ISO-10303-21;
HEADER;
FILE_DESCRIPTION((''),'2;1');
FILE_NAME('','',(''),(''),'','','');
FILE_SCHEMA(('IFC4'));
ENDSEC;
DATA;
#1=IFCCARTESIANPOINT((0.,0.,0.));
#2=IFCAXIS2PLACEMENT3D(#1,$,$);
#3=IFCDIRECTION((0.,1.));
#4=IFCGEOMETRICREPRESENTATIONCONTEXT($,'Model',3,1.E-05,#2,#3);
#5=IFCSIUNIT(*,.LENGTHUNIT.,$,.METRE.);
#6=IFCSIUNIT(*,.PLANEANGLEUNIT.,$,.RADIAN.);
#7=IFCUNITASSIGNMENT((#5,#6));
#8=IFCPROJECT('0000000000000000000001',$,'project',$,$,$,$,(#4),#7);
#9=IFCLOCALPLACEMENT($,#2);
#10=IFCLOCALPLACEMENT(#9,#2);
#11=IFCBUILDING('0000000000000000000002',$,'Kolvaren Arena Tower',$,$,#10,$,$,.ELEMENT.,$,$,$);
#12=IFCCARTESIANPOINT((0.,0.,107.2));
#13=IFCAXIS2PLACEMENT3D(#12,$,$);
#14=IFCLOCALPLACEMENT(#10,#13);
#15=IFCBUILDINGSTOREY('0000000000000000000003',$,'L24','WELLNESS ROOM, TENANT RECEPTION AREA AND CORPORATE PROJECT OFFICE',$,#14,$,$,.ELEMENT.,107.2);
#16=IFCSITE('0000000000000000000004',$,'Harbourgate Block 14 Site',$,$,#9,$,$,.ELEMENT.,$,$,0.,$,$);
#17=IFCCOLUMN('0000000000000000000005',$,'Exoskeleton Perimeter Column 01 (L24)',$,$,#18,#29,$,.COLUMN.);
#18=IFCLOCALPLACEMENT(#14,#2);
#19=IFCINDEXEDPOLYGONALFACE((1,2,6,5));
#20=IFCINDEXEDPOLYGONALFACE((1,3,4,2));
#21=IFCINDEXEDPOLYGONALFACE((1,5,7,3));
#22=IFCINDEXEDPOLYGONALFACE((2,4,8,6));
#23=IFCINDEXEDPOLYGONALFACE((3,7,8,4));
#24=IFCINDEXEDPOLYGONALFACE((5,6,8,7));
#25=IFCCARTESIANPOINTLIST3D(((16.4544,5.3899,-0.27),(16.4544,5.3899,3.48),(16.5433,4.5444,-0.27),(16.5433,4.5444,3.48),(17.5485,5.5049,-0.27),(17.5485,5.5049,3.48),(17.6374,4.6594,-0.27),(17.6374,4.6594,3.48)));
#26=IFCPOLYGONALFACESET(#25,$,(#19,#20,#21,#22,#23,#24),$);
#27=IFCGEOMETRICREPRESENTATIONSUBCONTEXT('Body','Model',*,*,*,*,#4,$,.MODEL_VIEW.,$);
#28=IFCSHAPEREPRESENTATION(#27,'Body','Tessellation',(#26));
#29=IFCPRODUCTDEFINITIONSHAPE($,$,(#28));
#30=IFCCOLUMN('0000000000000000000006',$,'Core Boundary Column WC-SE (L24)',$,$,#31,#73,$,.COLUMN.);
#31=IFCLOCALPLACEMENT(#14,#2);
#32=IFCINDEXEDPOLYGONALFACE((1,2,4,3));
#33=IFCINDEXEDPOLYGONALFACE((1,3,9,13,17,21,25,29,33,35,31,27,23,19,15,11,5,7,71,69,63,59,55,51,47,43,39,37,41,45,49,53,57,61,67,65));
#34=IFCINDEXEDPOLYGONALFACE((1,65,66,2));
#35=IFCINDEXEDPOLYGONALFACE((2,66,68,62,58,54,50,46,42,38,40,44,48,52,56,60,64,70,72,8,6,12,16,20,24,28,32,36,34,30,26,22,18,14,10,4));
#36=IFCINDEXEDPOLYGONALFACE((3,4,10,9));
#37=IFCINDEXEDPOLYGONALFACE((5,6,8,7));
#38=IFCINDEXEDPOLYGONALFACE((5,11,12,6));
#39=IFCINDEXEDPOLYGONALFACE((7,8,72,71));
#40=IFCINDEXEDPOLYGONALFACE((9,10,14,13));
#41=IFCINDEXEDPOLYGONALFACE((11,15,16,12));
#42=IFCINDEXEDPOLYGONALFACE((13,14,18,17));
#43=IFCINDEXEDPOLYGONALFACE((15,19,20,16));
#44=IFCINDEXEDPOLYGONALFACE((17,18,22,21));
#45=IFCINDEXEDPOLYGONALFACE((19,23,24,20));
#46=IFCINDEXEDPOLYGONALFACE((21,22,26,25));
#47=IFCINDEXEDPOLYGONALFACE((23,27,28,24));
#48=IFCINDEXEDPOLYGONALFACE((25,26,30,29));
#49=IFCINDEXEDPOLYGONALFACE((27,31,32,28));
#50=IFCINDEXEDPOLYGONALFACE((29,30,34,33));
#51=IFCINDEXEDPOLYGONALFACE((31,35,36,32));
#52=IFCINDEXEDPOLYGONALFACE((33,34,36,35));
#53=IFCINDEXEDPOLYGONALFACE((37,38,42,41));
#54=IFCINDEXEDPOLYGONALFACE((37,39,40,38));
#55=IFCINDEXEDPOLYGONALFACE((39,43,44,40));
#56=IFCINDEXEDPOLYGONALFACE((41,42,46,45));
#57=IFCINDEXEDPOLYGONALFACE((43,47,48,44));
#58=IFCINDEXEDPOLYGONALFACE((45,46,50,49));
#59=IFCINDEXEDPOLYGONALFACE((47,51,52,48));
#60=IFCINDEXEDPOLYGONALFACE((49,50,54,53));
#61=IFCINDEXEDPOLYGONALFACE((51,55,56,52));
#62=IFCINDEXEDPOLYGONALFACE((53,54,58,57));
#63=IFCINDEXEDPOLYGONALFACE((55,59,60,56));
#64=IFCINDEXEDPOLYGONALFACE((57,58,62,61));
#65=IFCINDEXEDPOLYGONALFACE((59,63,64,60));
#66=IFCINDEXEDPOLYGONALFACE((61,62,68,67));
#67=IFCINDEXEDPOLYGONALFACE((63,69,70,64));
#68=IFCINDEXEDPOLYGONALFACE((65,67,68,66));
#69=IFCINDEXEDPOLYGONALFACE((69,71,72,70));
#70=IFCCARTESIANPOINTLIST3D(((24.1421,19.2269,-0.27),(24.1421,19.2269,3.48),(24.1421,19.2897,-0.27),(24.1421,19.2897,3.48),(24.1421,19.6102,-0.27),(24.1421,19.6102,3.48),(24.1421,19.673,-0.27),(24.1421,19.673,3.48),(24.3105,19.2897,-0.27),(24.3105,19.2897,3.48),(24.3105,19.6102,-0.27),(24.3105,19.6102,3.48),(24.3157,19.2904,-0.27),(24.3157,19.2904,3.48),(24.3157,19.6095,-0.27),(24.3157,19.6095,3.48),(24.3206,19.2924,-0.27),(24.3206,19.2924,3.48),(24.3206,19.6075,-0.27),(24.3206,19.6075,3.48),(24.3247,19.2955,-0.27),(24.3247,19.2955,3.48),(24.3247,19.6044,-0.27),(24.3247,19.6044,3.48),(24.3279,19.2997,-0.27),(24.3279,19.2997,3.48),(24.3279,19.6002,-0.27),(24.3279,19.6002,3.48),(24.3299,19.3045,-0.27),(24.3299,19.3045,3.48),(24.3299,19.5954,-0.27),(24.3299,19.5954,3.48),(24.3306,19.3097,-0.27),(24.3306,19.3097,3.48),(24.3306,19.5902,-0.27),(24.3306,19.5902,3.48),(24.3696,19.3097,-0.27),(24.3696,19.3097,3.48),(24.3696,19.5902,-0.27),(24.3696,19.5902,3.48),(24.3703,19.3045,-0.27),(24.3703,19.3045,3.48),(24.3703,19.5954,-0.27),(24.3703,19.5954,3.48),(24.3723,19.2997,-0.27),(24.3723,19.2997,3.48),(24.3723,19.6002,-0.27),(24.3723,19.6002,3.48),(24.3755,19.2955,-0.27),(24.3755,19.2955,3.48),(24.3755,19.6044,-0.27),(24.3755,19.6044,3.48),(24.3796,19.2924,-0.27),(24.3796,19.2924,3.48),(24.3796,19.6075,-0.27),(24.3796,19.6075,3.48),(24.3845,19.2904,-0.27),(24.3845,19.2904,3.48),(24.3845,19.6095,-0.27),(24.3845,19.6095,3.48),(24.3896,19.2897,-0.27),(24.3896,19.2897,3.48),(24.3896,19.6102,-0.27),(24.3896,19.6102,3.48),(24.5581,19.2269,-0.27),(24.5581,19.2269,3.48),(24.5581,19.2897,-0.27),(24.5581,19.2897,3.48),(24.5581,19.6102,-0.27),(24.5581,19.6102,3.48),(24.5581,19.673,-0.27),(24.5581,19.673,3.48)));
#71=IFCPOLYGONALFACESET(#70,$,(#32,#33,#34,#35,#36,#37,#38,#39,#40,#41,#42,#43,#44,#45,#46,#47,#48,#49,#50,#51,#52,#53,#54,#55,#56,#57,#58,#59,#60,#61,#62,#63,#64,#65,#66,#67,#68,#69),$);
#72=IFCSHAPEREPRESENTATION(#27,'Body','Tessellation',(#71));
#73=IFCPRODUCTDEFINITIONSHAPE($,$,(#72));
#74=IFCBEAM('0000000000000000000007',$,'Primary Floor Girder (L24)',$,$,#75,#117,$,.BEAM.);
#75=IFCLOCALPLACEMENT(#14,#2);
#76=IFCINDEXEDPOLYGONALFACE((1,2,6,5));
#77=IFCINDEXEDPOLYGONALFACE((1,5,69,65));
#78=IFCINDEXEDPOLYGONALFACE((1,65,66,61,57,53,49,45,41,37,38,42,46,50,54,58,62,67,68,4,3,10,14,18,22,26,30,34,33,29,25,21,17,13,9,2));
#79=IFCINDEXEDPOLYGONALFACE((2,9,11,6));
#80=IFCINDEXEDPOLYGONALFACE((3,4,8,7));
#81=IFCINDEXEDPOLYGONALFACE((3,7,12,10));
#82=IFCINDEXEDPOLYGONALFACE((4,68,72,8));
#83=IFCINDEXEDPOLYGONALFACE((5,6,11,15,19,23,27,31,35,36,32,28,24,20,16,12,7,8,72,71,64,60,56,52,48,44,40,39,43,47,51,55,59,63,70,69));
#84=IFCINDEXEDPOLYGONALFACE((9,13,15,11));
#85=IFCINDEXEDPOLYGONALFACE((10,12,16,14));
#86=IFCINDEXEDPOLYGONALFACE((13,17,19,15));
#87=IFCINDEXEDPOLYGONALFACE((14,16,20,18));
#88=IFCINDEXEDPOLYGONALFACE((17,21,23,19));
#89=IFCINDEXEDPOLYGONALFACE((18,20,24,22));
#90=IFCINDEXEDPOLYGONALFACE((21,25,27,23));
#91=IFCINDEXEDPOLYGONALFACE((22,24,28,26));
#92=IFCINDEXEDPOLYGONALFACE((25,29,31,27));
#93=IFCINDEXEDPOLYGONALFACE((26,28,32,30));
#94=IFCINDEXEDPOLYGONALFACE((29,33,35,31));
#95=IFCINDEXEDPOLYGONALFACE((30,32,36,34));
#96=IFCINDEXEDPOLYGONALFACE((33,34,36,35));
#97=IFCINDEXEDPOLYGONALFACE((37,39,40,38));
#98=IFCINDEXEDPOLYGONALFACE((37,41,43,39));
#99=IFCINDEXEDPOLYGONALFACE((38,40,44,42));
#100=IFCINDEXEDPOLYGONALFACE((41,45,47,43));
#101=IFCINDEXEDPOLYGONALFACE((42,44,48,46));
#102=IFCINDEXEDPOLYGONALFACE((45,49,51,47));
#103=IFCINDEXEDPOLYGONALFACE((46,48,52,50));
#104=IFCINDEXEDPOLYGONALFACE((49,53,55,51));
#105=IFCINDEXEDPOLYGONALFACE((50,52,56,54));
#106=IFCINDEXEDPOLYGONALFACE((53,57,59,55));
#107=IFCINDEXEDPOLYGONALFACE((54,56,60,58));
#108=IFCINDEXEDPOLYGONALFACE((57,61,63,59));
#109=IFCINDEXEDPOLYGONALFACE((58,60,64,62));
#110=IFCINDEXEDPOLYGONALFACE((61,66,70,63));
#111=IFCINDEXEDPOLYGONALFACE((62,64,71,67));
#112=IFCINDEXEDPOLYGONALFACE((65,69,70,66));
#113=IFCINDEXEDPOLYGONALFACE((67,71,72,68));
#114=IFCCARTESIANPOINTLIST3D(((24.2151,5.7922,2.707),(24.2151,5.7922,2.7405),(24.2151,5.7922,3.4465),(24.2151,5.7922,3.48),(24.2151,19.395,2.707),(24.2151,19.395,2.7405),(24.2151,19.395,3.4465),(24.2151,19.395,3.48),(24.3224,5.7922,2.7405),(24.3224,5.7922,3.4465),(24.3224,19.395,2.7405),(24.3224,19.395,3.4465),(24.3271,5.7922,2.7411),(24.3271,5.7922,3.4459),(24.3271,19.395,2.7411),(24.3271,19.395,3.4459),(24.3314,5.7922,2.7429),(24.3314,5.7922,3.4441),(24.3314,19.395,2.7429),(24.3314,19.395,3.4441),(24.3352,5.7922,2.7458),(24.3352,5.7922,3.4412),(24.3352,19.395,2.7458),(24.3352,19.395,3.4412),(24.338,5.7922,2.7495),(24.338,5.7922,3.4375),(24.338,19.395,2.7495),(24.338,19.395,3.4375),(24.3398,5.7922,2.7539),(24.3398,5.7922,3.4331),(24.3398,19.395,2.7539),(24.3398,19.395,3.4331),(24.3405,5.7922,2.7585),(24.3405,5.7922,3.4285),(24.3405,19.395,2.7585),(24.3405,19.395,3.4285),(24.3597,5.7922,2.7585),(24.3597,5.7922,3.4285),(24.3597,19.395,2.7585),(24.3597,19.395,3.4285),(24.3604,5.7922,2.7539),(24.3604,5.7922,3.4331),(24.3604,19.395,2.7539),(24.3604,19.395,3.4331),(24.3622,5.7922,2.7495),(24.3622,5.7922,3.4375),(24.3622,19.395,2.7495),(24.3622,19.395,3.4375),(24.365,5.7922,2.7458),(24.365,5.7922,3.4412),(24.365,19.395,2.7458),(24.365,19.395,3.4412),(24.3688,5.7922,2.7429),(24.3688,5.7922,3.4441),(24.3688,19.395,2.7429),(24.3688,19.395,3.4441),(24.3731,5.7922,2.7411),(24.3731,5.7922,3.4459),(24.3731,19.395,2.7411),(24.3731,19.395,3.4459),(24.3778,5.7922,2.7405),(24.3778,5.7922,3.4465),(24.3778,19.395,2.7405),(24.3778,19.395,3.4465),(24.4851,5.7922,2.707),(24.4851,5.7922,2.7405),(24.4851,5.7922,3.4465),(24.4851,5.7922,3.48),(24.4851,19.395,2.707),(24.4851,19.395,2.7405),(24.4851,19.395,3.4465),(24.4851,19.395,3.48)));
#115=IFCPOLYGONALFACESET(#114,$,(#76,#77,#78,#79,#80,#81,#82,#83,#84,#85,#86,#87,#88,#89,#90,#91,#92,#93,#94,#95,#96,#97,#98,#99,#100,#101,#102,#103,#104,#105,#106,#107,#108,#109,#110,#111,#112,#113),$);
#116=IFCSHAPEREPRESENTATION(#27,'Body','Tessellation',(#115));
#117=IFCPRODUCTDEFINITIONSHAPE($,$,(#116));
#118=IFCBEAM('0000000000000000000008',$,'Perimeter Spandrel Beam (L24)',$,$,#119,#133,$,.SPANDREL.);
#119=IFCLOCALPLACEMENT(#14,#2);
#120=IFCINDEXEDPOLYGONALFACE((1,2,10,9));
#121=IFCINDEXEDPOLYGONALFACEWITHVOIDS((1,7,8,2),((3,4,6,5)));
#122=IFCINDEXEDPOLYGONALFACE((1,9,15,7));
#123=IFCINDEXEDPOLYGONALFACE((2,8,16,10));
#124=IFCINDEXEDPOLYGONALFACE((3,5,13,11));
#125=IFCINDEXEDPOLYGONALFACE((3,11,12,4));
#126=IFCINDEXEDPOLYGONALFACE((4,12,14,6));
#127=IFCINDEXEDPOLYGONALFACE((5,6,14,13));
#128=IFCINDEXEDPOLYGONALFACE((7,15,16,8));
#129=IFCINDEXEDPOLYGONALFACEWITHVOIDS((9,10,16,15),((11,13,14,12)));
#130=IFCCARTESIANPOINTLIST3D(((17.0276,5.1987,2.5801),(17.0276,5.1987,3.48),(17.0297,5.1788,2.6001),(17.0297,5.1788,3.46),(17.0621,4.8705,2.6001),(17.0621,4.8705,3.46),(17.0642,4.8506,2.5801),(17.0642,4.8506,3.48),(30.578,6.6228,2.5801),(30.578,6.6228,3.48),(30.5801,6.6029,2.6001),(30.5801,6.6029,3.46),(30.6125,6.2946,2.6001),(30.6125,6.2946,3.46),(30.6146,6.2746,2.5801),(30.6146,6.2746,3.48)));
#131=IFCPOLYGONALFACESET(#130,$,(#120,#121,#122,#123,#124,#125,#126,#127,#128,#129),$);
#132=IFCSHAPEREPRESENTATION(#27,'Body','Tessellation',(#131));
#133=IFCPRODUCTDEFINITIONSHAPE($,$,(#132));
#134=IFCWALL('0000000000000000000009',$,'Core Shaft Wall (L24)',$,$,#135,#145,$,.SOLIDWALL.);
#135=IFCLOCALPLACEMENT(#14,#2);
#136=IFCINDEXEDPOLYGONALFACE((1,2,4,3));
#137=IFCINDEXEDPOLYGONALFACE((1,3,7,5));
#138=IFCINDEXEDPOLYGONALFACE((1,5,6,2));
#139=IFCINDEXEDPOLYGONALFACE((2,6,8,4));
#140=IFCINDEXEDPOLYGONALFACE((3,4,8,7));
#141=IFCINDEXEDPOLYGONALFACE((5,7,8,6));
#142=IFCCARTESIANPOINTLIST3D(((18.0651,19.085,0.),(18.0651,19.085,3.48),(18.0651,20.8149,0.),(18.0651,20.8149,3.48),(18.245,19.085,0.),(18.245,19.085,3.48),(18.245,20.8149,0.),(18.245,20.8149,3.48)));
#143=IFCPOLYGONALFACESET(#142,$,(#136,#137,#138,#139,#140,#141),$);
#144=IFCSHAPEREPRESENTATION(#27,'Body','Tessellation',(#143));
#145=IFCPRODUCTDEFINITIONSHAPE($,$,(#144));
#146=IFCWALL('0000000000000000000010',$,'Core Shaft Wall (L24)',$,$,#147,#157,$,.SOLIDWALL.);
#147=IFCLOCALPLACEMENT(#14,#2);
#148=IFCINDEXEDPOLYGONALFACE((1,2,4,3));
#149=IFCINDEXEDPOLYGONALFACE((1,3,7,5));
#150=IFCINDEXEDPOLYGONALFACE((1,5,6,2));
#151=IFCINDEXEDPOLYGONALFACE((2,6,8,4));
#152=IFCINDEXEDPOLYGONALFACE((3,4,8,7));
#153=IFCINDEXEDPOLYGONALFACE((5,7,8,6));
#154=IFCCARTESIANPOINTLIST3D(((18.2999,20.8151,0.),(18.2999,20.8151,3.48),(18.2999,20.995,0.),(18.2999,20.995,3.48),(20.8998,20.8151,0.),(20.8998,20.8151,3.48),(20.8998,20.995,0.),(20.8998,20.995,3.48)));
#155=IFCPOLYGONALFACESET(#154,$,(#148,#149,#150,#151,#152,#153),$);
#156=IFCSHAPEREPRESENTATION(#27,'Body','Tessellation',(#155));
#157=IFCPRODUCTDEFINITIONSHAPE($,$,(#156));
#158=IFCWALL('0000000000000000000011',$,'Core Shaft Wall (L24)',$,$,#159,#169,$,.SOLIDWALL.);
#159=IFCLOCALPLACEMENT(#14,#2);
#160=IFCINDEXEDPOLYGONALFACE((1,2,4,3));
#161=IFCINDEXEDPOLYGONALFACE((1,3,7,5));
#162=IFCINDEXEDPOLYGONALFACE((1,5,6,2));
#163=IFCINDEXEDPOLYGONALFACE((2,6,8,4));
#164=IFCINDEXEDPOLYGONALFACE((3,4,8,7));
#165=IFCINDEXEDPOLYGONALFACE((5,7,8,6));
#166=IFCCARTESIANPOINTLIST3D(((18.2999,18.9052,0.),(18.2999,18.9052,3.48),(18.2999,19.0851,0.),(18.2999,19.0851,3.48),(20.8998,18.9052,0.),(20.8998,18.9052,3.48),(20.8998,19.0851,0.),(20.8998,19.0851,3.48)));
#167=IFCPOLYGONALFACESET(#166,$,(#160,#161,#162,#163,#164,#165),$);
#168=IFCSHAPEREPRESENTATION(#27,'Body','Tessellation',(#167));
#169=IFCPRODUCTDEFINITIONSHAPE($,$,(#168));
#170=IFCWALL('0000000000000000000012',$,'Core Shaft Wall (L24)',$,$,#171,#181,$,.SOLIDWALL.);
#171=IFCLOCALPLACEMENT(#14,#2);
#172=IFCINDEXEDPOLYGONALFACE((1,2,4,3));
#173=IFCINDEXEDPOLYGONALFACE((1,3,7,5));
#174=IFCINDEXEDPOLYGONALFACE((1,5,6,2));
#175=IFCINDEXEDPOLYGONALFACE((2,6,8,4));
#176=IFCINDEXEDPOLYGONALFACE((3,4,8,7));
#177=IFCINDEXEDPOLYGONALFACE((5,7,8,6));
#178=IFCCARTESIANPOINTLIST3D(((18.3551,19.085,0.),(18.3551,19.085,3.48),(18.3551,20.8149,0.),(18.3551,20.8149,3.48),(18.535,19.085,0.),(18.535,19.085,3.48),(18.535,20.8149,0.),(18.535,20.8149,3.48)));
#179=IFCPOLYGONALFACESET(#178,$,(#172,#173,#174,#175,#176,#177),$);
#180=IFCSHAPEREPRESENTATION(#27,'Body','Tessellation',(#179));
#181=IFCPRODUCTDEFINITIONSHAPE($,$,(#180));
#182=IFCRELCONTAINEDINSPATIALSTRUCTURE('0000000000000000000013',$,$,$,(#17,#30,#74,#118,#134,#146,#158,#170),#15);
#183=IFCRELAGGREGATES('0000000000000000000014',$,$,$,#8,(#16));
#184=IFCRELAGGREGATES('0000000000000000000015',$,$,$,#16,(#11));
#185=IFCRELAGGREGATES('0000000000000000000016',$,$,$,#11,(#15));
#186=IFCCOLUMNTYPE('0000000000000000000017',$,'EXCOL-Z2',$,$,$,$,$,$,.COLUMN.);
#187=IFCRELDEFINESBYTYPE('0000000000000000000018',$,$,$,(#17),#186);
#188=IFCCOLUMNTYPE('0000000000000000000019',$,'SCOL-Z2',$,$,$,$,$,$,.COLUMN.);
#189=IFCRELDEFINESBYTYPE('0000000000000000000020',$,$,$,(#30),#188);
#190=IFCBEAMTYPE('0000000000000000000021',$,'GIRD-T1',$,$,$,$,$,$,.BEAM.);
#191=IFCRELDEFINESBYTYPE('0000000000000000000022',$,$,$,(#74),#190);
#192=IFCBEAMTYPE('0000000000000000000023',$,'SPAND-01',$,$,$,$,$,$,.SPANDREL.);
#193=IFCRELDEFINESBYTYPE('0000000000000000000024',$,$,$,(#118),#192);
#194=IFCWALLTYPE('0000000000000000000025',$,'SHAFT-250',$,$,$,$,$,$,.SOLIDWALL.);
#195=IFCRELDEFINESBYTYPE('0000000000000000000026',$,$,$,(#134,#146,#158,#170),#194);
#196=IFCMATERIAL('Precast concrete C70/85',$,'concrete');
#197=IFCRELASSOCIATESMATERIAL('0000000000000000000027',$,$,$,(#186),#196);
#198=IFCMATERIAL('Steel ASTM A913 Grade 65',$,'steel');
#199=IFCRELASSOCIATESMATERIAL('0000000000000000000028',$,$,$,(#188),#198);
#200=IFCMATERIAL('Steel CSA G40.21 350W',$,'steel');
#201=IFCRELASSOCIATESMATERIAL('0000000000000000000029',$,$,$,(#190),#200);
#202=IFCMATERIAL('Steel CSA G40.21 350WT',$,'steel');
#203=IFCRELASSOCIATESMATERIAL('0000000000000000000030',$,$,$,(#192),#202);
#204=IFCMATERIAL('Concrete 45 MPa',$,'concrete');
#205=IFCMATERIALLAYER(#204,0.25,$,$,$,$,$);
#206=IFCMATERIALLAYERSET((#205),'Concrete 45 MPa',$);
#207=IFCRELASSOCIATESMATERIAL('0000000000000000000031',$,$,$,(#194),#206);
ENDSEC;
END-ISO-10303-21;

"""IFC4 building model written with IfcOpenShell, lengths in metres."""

from ifc_helpers import new_model, si_unit, direction, frame, frame_2d, origin, origin_2d, place, context, subcontext, project, spatial, rectangle, hollow_rectangle, i_section, extrude, material, layer, layer_set, material_profile, profile_set, type_object, element, save


model = new_model("IFC4")

# Units and contexts
model_context = context("Model", 3, precision=1e-05, world=origin(), true_north=direction((0.0, 1.0)))
body_context = subcontext(model_context, "Body", "Model", "MODEL_VIEW")
ifc_project = project(units=[si_unit("LENGTHUNIT", "METRE"), si_unit("PLANEANGLEUNIT", "RADIAN")], contexts=[model_context])

# Site, building, storey
site_placement = place(None, origin())
site = spatial("IfcSite", under=ifc_project, at=site_placement, Name="Harbourgate Block 14 Site", CompositionType="ELEMENT", RefElevation=0.0)
building_placement = place(site_placement, origin())
building = spatial("IfcBuilding", under=site, at=building_placement, Name="Kolvaren Arena Tower", CompositionType="ELEMENT")
storey_placement = place(building_placement, frame((0.0, 0.0, 107.2)))
storey = spatial("IfcBuildingStorey", under=building, at=storey_placement, Name="L24", Description="WELLNESS ROOM, TENANT RECEPTION AREA AND CORPORATE PROJECT OFFICE", CompositionType="ELEMENT", Elevation=107.2)

# Columns
ifc_material_1 = material(Name="Precast concrete C70/85", Category="concrete")
ifc_material_profile_1 = material_profile(ifc_material_1, rectangle(XDim=1.1001, YDim=0.8501, at=origin_2d()), Name="RC-1100x850")
ifc_profile_set_1 = profile_set([ifc_material_profile_1], Name="Precast concrete C70/85")
column_type_1 = type_object("IfcColumnType", Name="EXCOL-Z2", PredefinedType="COLUMN", material=ifc_profile_set_1)
column_1_placement = place(storey_placement, frame((17.0459, 5.0247, -0.27), z_axis=(0.0, 0.0, 1.0), x_axis=(0.994522, 0.104528, 0.0)))
element("IfcColumn", 1, at=column_1_placement, inside=storey, type_object=column_type_1, Name="Exoskeleton Perimeter Column 01 (L24)", PredefinedType="COLUMN", context=body_context, shape_type="SweptSolid", body=[
    extrude(rectangle(XDim=1.1001, YDim=0.8501, at=origin_2d()), origin(), (0.0, 0.0, 1.0), 3.75),
])
ifc_material_2 = material(Name="Steel ASTM A913 Grade 65", Category="steel")
ifc_material_profile_2 = material_profile(ifc_material_2, i_section(OverallWidth=0.416, OverallDepth=0.446, WebThickness=0.0391, FlangeThickness=0.0627, FilletRadius=0.02, at=origin_2d()), Name="W360x509")
ifc_profile_set_2 = profile_set([ifc_material_profile_2], Name="Steel ASTM A913 Grade 65")
column_type_2 = type_object("IfcColumnType", Name="SCOL-Z2", PredefinedType="COLUMN", material=ifc_profile_set_2)
column_2_placement = place(storey_placement, frame((24.3501, 19.45, -0.27), z_axis=(0.0, 0.0, 1.0), x_axis=(1.0, 0.0, 0.0)))
element("IfcColumn", 2, at=column_2_placement, inside=storey, type_object=column_type_2, Name="Core Boundary Column WC-SE (L24)", PredefinedType="COLUMN", context=body_context, shape_type="SweptSolid", body=[
    extrude(i_section(OverallWidth=0.416, OverallDepth=0.446, WebThickness=0.0391, FlangeThickness=0.0627, FilletRadius=0.02, at=origin_2d()), origin(), (0.0, 0.0, 1.0), 3.75),
])

# Beams
ifc_material_3 = material(Name="Steel CSA G40.21 350W", Category="steel")
ifc_material_profile_3 = material_profile(ifc_material_3, i_section(OverallWidth=0.27, OverallDepth=0.7729, WebThickness=0.0193, FlangeThickness=0.0334, FilletRadius=0.0181, at=origin_2d()), Name="W760x257")
ifc_profile_set_3 = profile_set([ifc_material_profile_3], Name="Steel CSA G40.21 350W")
beam_type_1 = type_object("IfcBeamType", Name="GIRD-T1", PredefinedType="BEAM", material=ifc_profile_set_3)
beam_1_placement = place(storey_placement, frame((24.3501, 5.7922, 3.0935), z_axis=(0.0, 1.0, 0.0), x_axis=(-1.0, 0.0, 0.0)))
element("IfcBeam", 3, at=beam_1_placement, inside=storey, type_object=beam_type_1, Name="Primary Floor Girder (L24)", PredefinedType="BEAM", context=body_context, shape_type="SweptSolid", body=[
    extrude(i_section(OverallWidth=0.27, OverallDepth=0.7729, WebThickness=0.0193, FlangeThickness=0.0334, FilletRadius=0.0181, at=origin_2d()), origin(), (0.0, 0.0, 1.0), 13.6028),
])
ifc_material_4 = material(Name="Steel CSA G40.21 350WT", Category="steel")
ifc_material_profile_4 = material_profile(ifc_material_4, hollow_rectangle(XDim=0.3501, YDim=0.8999, WallThickness=0.02, at=origin_2d()), Name="HSS 900x350x20")
ifc_profile_set_4 = profile_set([ifc_material_profile_4], Name="Steel CSA G40.21 350WT")
beam_type_2 = type_object("IfcBeamType", Name="SPAND-01", PredefinedType="SPANDREL", material=ifc_profile_set_4)
beam_2_placement = place(storey_placement, frame((17.0459, 5.0247, 3.03), z_axis=(0.994523, 0.10452, 0.0), x_axis=(-0.10452, 0.994523, 0.0)))
element("IfcBeam", 4, at=beam_2_placement, inside=storey, type_object=beam_type_2, Name="Perimeter Spandrel Beam (L24)", PredefinedType="SPANDREL", context=body_context, shape_type="SweptSolid", body=[
    extrude(hollow_rectangle(XDim=0.3501, YDim=0.8999, WallThickness=0.02, at=origin_2d()), origin(), (0.0, 0.0, 1.0), 13.625),
])

# Walls
ifc_material_5 = material(Name="Concrete 45 MPa", Category="concrete")
ifc_layer_1 = layer(ifc_material_5, 0.25)
ifc_layer_set_1 = layer_set([ifc_layer_1], Name="Concrete 45 MPa")
wall_type_1 = type_object("IfcWallType", Name="SHAFT-250", PredefinedType="SOLIDWALL", material=ifc_layer_set_1)
wall_1_placement = place(storey_placement, frame((18.155, 19.085, 0.0), z_axis=(0.0, 0.0, 1.0), x_axis=(0.0, 1.0, 0.0)))
element("IfcWall", 5, at=wall_1_placement, inside=storey, type_object=wall_type_1, Name="Core Shaft Wall (L24)", PredefinedType="SOLIDWALL", context=body_context, shape_type="SweptSolid", body=[
    extrude(rectangle(XDim=1.73, YDim=0.1799, at=frame_2d((0.865, 0.0))), origin(), (0.0, 0.0, 1.0), 3.48),
])
for number, where, z_axis, x_axis, name in (
    (6, (18.3, 20.905, 0.0), (0.0, 0.0, 1.0), (1.0, 0.0, 0.0), "Core Shaft Wall (L24)"),
    (7, (18.3, 18.9951, 0.0), (0.0, 0.0, 1.0), (1.0, 0.0, 0.0), "Core Shaft Wall (L24)"),
):
    element("IfcWall", number, at=place(storey_placement, frame(where, z_axis=z_axis, x_axis=x_axis)), inside=storey, type_object=wall_type_1, Name=name, PredefinedType="SOLIDWALL", context=body_context, shape_type="SweptSolid", body=[
        extrude(rectangle(XDim=2.5999, YDim=0.1799, at=frame_2d((1.2998, 0.0))), origin(), (0.0, 0.0, 1.0), 3.48),
    ])
for number, where, z_axis, x_axis, name in (
    (8, (18.4451, 19.085, 0.0), (0.0, 0.0, 1.0), (0.0, 1.0, 0.0), "Core Shaft Wall (L24)"),
):
    element("IfcWall", number, at=place(storey_placement, frame(where, z_axis=z_axis, x_axis=x_axis)), inside=storey, type_object=wall_type_1, Name=name, PredefinedType="SOLIDWALL", context=body_context, shape_type="SweptSolid", body=[
        extrude(rectangle(XDim=1.73, YDim=0.1799, at=frame_2d((0.865, 0.0))), origin(), (0.0, 0.0, 1.0), 3.48),
    ])

save(model, "model.ifc")
